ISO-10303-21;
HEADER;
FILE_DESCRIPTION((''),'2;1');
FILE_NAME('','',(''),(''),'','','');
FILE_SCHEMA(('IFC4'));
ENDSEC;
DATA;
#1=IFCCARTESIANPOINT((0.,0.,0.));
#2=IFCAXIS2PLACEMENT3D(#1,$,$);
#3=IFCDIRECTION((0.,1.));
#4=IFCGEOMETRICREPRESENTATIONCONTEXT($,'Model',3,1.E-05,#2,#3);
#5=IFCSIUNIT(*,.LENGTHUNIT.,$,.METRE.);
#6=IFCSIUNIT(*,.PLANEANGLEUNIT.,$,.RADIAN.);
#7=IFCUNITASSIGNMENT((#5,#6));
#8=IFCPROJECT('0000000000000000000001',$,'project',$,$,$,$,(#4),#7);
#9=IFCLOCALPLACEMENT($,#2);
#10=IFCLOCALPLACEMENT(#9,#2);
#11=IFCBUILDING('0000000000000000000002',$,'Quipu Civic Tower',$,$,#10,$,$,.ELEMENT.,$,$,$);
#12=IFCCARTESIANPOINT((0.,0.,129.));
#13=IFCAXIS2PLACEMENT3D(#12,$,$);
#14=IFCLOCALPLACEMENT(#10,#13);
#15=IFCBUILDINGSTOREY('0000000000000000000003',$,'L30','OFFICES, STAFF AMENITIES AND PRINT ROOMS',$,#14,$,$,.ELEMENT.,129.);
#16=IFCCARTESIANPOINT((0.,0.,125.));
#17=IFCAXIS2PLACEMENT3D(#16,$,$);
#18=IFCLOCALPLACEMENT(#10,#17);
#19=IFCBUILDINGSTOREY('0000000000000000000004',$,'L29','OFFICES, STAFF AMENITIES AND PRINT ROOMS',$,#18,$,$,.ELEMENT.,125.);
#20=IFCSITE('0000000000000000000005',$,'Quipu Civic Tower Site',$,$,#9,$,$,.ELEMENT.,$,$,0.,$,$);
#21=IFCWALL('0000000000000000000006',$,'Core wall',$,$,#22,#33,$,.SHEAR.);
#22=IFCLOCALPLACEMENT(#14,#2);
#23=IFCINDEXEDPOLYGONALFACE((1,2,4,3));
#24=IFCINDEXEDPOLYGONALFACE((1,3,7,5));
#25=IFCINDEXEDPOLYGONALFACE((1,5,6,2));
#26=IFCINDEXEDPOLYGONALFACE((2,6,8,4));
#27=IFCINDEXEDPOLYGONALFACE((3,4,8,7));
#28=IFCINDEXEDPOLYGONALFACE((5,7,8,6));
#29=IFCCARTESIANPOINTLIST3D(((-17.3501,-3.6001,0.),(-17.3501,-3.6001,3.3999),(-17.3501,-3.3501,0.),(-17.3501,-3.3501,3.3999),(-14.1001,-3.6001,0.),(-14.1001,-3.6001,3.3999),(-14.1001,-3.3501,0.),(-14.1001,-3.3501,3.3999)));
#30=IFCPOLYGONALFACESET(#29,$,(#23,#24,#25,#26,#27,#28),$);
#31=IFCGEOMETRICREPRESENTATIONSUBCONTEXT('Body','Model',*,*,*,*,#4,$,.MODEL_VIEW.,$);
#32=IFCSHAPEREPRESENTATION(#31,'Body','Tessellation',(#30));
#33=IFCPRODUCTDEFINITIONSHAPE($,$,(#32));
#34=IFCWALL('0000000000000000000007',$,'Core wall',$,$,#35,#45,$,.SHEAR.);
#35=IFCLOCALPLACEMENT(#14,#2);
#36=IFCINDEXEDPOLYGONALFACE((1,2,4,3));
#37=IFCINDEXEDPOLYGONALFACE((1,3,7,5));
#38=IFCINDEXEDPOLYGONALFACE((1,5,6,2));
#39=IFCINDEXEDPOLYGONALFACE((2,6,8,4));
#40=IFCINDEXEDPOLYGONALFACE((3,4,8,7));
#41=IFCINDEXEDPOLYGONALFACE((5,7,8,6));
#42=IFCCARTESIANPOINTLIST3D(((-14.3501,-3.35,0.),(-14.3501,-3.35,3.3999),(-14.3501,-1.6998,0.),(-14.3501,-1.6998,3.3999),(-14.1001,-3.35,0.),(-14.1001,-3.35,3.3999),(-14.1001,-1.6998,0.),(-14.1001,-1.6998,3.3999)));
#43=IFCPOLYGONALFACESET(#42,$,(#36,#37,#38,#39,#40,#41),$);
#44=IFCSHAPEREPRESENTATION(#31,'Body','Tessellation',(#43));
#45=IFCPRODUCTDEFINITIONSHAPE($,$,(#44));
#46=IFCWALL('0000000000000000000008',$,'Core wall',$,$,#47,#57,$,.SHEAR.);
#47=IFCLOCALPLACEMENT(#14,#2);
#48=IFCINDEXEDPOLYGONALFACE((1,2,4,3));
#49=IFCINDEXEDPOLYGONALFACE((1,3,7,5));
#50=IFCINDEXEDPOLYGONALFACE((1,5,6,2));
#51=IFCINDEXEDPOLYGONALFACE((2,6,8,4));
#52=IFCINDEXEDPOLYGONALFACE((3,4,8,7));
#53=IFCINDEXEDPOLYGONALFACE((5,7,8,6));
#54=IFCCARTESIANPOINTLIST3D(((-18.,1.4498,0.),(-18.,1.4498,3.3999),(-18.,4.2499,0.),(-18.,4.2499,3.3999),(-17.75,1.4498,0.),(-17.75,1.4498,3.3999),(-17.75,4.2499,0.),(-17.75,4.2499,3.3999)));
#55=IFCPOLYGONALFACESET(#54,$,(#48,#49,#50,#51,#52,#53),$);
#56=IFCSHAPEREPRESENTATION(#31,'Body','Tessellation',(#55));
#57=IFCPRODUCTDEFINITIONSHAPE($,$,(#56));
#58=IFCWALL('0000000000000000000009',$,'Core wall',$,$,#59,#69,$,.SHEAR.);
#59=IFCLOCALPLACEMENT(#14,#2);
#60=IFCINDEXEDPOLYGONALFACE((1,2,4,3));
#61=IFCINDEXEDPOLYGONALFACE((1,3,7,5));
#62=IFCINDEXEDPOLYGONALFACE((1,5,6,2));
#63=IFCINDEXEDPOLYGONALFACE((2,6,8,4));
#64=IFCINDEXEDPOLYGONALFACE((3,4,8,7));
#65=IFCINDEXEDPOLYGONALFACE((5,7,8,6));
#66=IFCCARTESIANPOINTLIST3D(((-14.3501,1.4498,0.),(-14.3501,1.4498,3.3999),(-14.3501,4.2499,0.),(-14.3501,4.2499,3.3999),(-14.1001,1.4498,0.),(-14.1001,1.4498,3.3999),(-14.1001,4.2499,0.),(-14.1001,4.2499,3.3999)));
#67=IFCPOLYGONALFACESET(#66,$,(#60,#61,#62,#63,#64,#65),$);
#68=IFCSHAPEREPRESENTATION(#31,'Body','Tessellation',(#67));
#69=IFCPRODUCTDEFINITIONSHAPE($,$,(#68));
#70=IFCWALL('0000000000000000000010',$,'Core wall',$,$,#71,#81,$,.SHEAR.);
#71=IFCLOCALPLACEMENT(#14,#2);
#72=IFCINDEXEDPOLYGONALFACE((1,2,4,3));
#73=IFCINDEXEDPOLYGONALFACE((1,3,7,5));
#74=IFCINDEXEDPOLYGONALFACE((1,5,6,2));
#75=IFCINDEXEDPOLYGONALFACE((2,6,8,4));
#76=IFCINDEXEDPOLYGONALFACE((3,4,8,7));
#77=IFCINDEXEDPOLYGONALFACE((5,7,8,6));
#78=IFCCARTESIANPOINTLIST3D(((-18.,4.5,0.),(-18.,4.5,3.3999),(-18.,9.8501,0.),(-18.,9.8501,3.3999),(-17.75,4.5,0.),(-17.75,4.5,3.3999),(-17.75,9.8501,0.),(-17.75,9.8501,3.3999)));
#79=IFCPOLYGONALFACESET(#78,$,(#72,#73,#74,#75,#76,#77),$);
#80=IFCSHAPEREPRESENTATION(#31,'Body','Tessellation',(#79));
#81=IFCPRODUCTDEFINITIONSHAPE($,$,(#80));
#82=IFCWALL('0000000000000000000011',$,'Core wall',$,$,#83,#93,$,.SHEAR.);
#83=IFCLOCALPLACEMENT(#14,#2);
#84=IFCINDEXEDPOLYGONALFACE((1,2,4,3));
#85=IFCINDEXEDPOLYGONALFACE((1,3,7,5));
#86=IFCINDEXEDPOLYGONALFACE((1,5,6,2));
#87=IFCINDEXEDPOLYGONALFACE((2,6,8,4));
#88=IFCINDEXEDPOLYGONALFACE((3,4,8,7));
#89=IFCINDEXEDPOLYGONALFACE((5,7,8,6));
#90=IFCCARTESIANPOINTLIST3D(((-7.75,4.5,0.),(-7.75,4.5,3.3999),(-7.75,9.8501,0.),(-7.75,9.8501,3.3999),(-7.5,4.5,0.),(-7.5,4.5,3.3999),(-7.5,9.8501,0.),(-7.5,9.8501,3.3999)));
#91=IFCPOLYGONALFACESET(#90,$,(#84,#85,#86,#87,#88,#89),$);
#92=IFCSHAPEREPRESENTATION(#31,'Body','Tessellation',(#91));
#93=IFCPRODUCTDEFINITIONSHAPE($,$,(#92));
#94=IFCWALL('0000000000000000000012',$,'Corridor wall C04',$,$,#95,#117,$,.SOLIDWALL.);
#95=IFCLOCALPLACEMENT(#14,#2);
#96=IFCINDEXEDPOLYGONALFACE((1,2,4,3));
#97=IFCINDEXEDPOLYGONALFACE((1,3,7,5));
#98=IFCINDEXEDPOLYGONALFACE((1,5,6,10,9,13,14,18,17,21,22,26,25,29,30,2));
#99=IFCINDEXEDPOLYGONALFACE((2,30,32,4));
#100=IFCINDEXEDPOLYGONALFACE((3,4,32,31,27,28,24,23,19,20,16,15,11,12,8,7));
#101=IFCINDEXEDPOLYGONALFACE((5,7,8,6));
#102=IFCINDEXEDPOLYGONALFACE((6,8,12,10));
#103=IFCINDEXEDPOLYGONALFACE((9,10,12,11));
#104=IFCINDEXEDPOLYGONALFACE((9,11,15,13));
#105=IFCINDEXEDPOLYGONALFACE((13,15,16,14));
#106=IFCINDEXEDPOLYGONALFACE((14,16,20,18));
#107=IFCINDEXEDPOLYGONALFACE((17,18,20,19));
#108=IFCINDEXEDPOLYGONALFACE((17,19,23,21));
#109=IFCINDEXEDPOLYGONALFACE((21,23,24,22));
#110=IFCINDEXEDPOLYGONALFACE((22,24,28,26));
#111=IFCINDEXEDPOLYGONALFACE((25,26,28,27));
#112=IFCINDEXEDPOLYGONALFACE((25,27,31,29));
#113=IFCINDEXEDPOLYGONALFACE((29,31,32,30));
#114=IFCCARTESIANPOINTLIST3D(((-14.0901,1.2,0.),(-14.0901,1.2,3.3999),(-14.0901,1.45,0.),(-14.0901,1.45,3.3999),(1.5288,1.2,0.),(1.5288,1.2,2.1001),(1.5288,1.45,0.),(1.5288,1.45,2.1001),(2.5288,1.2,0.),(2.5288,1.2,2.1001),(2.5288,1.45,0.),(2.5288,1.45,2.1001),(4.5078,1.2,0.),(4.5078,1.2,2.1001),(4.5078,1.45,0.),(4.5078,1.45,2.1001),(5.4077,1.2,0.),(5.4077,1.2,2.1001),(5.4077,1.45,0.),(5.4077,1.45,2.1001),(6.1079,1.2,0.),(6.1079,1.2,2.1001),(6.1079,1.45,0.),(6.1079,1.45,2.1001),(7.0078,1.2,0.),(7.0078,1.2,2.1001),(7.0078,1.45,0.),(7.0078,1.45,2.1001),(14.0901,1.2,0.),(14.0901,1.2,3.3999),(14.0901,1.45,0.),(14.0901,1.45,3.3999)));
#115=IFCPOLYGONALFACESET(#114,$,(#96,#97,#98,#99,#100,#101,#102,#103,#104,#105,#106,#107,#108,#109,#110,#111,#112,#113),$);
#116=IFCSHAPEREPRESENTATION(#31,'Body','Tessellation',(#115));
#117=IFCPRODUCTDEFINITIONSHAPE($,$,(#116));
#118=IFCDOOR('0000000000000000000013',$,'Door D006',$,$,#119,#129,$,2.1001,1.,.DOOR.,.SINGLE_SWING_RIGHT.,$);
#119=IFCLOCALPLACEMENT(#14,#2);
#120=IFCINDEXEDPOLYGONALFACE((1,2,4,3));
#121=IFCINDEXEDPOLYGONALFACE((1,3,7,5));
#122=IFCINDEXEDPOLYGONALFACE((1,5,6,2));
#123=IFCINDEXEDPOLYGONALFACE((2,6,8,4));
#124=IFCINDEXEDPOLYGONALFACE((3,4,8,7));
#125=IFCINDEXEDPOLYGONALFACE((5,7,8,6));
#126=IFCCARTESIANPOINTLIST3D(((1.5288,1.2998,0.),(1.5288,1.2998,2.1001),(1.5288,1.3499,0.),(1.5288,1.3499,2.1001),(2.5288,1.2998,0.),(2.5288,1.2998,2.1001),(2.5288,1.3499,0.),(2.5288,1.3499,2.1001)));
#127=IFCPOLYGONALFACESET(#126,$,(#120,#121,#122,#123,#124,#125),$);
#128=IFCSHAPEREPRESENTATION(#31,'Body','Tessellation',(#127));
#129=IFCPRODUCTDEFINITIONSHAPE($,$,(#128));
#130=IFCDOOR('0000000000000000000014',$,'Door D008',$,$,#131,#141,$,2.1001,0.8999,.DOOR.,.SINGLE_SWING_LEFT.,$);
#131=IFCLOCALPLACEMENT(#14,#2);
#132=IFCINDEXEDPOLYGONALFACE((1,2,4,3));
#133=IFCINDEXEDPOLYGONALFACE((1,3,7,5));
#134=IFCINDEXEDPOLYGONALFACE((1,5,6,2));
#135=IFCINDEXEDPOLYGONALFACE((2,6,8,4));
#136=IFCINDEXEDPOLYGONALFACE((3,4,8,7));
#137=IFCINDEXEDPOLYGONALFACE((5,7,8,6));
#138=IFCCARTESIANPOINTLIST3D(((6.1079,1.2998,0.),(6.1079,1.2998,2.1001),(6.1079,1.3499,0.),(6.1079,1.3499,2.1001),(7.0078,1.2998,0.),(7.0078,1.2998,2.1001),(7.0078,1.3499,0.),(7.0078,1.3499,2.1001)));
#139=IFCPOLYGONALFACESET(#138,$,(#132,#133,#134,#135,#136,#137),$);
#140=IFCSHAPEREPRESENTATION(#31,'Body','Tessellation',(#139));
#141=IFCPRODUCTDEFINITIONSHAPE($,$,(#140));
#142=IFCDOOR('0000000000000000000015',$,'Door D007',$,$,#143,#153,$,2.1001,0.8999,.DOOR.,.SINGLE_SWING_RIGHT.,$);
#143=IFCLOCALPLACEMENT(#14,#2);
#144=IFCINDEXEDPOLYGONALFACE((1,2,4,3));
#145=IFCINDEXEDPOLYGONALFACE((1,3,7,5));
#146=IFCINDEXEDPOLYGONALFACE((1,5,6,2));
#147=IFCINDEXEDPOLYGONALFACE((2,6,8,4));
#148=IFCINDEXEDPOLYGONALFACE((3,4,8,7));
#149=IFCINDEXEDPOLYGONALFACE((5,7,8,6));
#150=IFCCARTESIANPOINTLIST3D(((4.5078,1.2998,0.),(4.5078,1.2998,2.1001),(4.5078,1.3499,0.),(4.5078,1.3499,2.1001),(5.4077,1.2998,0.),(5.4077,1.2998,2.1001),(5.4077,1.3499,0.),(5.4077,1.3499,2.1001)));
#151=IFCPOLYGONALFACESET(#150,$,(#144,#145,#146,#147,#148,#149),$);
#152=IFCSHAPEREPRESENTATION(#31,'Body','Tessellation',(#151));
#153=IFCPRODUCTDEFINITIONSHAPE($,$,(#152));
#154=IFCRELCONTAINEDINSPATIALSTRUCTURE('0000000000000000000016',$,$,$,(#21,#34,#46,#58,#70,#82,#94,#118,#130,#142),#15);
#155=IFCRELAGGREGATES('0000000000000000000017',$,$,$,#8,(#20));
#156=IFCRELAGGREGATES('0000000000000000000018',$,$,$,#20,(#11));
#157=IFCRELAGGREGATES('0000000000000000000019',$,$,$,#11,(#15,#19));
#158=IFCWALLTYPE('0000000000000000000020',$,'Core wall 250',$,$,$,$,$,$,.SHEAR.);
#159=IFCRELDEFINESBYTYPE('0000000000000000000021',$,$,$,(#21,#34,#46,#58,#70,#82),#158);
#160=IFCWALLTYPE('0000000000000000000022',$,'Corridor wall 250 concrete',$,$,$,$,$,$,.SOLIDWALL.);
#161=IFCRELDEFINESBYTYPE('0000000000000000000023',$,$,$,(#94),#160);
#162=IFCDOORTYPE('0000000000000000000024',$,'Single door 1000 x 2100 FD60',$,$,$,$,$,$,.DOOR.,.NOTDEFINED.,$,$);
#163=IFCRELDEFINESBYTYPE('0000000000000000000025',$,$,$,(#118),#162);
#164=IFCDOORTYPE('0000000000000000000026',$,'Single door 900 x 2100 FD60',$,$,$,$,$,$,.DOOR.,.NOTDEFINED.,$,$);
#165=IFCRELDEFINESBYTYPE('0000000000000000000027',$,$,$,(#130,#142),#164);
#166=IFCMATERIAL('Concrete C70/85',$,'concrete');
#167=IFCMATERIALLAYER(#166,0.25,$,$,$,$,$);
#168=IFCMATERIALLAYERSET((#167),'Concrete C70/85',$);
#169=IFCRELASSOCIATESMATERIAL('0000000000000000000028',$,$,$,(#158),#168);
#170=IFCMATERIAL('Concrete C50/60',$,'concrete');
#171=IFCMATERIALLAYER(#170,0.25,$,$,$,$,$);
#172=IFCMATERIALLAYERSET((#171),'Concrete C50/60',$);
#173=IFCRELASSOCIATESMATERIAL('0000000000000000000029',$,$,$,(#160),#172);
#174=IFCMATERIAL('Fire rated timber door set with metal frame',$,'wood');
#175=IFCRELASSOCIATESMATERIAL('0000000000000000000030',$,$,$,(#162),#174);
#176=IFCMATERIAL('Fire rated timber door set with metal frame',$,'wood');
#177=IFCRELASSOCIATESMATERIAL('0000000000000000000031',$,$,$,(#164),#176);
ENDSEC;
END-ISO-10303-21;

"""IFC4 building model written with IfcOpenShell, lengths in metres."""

from ifc_helpers import new_model, si_unit, direction, frame, frame_2d, origin, place, context, subcontext, project, spatial, rectangle, extrude, material, layer, layer_set, type_object, element, fill, save


model = new_model("IFC4")

# Units and contexts
model_context = context("Model", 3, precision=1e-05, world=origin(), true_north=direction((0.0, 1.0)))
body_context = subcontext(model_context, "Body", "Model", "MODEL_VIEW")
ifc_project = project(units=[si_unit("LENGTHUNIT", "METRE"), si_unit("PLANEANGLEUNIT", "RADIAN")], contexts=[model_context])

# Site, building, storey
site_placement = place(None, origin())
site = spatial("IfcSite", under=ifc_project, at=site_placement, Name="Quipu Civic Tower Site", CompositionType="ELEMENT", RefElevation=0.0)
building_placement = place(site_placement, origin())
building = spatial("IfcBuilding", under=site, at=building_placement, Name="Quipu Civic Tower", CompositionType="ELEMENT")
storey_1_placement = place(building_placement, frame((0.0, 0.0, 129.0)))
storey_1 = spatial("IfcBuildingStorey", under=building, at=storey_1_placement, Name="L30", Description="OFFICES, STAFF AMENITIES AND PRINT ROOMS", CompositionType="ELEMENT", Elevation=129.0)

# Shared definitions
storey_2_placement = place(building_placement, frame((0.0, 0.0, 125.0)))
storey_2 = spatial("IfcBuildingStorey", under=building, at=storey_2_placement, Name="L29", Description="OFFICES, STAFF AMENITIES AND PRINT ROOMS", CompositionType="ELEMENT", Elevation=125.0)

# Walls
ifc_material_1 = material(Name="Concrete C70/85", Category="concrete")
ifc_layer_1 = layer(ifc_material_1, 0.25)
ifc_layer_set_1 = layer_set([ifc_layer_1], Name="Concrete C70/85")
wall_type_1 = type_object("IfcWallType", Name="Core wall 250", PredefinedType="SHEAR", material=ifc_layer_set_1)
wall_1_placement = place(storey_1_placement, frame((-17.3501, -3.4751, 0.0), z_axis=(0.0, 0.0, 1.0), x_axis=(1.0, 0.0, 0.0)))
element("IfcWall", 1, at=wall_1_placement, inside=storey_1, type_object=wall_type_1, Name="Core wall", PredefinedType="SHEAR", context=body_context, shape_type="SweptSolid", body=[
    extrude(rectangle(XDim=3.25, YDim=0.25, at=frame_2d((1.625, 0.0))), origin(), (0.0, 0.0, 1.0), 3.3999),
])
wall_2_placement = place(storey_1_placement, frame((-14.2251, -3.3501, 0.0), z_axis=(0.0, 0.0, 1.0), x_axis=(0.0, 1.0, 0.0)))
element("IfcWall", 2, at=wall_2_placement, inside=storey_1, type_object=wall_type_1, Name="Core wall", PredefinedType="SHEAR", context=body_context, shape_type="SweptSolid", body=[
    extrude(rectangle(XDim=1.6501, YDim=0.25, at=frame_2d((0.8252, 0.0))), origin(), (0.0, 0.0, 1.0), 3.3999),
])
for number, where, z_axis, x_axis, name in (
    (3, (-17.875, 1.45, 0.0), (0.0, 0.0, 1.0), (0.0, 1.0, 0.0), "Core wall"),
    (4, (-14.2251, 1.45, 0.0), (0.0, 0.0, 1.0), (0.0, 1.0, 0.0), "Core wall"),
):
    element("IfcWall", number, at=place(storey_1_placement, frame(where, z_axis=z_axis, x_axis=x_axis)), inside=storey_1, type_object=wall_type_1, Name=name, PredefinedType="SHEAR", context=body_context, shape_type="SweptSolid", body=[
        extrude(rectangle(XDim=2.8, YDim=0.25, at=frame_2d((1.3999, 0.0))), origin(), (0.0, 0.0, 1.0), 3.3999),
    ])
for number, where, z_axis, x_axis, name in (
    (5, (-17.875, 4.5, 0.0), (0.0, 0.0, 1.0), (0.0, 1.0, 0.0), "Core wall"),
    (6, (-7.625, 4.5, 0.0), (0.0, 0.0, 1.0), (0.0, 1.0, 0.0), "Core wall"),
):
    element("IfcWall", number, at=place(storey_1_placement, frame(where, z_axis=z_axis, x_axis=x_axis)), inside=storey_1, type_object=wall_type_1, Name=name, PredefinedType="SHEAR", context=body_context, shape_type="SweptSolid", body=[
        extrude(rectangle(XDim=5.3501, YDim=0.25, at=frame_2d((2.675, 0.0))), origin(), (0.0, 0.0, 1.0), 3.3999),
    ])

# Wall, openings, doors
ifc_material_2 = material(Name="Concrete C50/60", Category="concrete")
ifc_layer_2 = layer(ifc_material_2, 0.25)
ifc_layer_set_2 = layer_set([ifc_layer_2], Name="Concrete C50/60")
wall_type_2 = type_object("IfcWallType", Name="Corridor wall 250 concrete", PredefinedType="SOLIDWALL", material=ifc_layer_set_2)
wall_3_placement = place(storey_1_placement, frame((-14.0901, 1.325, 0.0), z_axis=(0.0, 0.0, 1.0), x_axis=(1.0, 0.0, 0.0)))
wall_3 = element("IfcWall", 7, at=wall_3_placement, inside=storey_1, type_object=wall_type_2, Name="Corridor wall C04", PredefinedType="SOLIDWALL", context=body_context, shape_type="SweptSolid", body=[
    extrude(rectangle(XDim=28.1802, YDim=0.25, at=frame_2d((14.0901, 0.0))), origin(), (0.0, 0.0, 1.0), 3.3999),
])
opening_1_placement = place(wall_3_placement, frame((20.198, 0.0, 0.0)))
opening_1 = element("IfcOpeningElement", 8, at=opening_1_placement, cuts=wall_3, PredefinedType="OPENING", context=body_context, shape_type="SweptSolid", body=[
    extrude(rectangle(XDim=0.8999, YDim=2.1001, at=frame_2d((0.45, 1.05))), frame((0.0, 0.135, 0.0), z_axis=(0.0, -1.0, 0.0), x_axis=(1.0, 0.0, 0.0)), (0.0, 0.0, 1.0), 0.27),
])
opening_2_placement = place(wall_3_placement, frame((15.6189, 0.0, 0.0)))
opening_2 = element("IfcOpeningElement", 9, at=opening_2_placement, cuts=wall_3, PredefinedType="OPENING", context=body_context, shape_type="SweptSolid", body=[
    extrude(rectangle(XDim=1.0, YDim=2.1001, at=frame_2d((0.5, 1.05))), frame((0.0, 0.135, 0.0), z_axis=(0.0, -1.0, 0.0), x_axis=(1.0, 0.0, 0.0)), (0.0, 0.0, 1.0), 0.27),
])
opening_3_placement = place(wall_3_placement, frame((18.5979, 0.0, 0.0)))
opening_3 = element("IfcOpeningElement", 10, at=opening_3_placement, cuts=wall_3, PredefinedType="OPENING", context=body_context, shape_type="SweptSolid", body=[
    extrude(rectangle(XDim=0.8999, YDim=2.1001, at=frame_2d((0.45, 1.05))), frame((0.0, 0.135, 0.0), z_axis=(0.0, -1.0, 0.0), x_axis=(1.0, 0.0, 0.0)), (0.0, 0.0, 1.0), 0.27),
])
ifc_material_3 = material(Name="Fire rated timber door set with metal frame", Category="wood")
door_type_1 = type_object("IfcDoorType", Name="Single door 1000 x 2100 FD60", OperationType="NOTDEFINED", PredefinedType="DOOR", material=ifc_material_3)
door_1_placement = place(opening_2_placement, origin())
door_1 = element("IfcDoor", 11, at=door_1_placement, inside=storey_1, type_object=door_type_1, Name="Door D006", OperationType="SINGLE_SWING_RIGHT", OverallHeight=2.1001, OverallWidth=1.0, PredefinedType="DOOR", context=body_context, shape_type="SweptSolid", body=[
    extrude(rectangle(XDim=1.0, YDim=2.1001, at=frame_2d((0.5, 1.05))), frame((0.0, 0.0249, 0.0), z_axis=(0.0, -1.0, 0.0), x_axis=(1.0, 0.0, 0.0)), (0.0, 0.0, 1.0), 0.05),
])
fill(opening_2, door_1)
ifc_material_4 = material(Name="Fire rated timber door set with metal frame", Category="wood")
door_type_2 = type_object("IfcDoorType", Name="Single door 900 x 2100 FD60", OperationType="NOTDEFINED", PredefinedType="DOOR", material=ifc_material_4)
door_2_placement = place(opening_1_placement, origin())
door_2 = element("IfcDoor", 12, at=door_2_placement, inside=storey_1, type_object=door_type_2, Name="Door D008", OperationType="SINGLE_SWING_LEFT", OverallHeight=2.1001, OverallWidth=0.8999, PredefinedType="DOOR", context=body_context, shape_type="SweptSolid", body=[
    extrude(rectangle(XDim=0.8999, YDim=2.1001, at=frame_2d((0.45, 1.05))), frame((0.0, 0.0249, 0.0), z_axis=(0.0, -1.0, 0.0), x_axis=(1.0, 0.0, 0.0)), (0.0, 0.0, 1.0), 0.05),
])
fill(opening_1, door_2)
door_3_placement = place(opening_3_placement, origin())
door_3 = element("IfcDoor", 13, at=door_3_placement, inside=storey_1, type_object=door_type_2, Name="Door D007", OperationType="SINGLE_SWING_RIGHT", OverallHeight=2.1001, OverallWidth=0.8999, PredefinedType="DOOR", context=body_context, shape_type="SweptSolid", body=[
    extrude(rectangle(XDim=0.8999, YDim=2.1001, at=frame_2d((0.45, 1.05))), frame((0.0, 0.0249, 0.0), z_axis=(0.0, -1.0, 0.0), x_axis=(1.0, 0.0, 0.0)), (0.0, 0.0, 1.0), 0.05),
])
fill(opening_3, door_3)

save(model, "model.ifc")
